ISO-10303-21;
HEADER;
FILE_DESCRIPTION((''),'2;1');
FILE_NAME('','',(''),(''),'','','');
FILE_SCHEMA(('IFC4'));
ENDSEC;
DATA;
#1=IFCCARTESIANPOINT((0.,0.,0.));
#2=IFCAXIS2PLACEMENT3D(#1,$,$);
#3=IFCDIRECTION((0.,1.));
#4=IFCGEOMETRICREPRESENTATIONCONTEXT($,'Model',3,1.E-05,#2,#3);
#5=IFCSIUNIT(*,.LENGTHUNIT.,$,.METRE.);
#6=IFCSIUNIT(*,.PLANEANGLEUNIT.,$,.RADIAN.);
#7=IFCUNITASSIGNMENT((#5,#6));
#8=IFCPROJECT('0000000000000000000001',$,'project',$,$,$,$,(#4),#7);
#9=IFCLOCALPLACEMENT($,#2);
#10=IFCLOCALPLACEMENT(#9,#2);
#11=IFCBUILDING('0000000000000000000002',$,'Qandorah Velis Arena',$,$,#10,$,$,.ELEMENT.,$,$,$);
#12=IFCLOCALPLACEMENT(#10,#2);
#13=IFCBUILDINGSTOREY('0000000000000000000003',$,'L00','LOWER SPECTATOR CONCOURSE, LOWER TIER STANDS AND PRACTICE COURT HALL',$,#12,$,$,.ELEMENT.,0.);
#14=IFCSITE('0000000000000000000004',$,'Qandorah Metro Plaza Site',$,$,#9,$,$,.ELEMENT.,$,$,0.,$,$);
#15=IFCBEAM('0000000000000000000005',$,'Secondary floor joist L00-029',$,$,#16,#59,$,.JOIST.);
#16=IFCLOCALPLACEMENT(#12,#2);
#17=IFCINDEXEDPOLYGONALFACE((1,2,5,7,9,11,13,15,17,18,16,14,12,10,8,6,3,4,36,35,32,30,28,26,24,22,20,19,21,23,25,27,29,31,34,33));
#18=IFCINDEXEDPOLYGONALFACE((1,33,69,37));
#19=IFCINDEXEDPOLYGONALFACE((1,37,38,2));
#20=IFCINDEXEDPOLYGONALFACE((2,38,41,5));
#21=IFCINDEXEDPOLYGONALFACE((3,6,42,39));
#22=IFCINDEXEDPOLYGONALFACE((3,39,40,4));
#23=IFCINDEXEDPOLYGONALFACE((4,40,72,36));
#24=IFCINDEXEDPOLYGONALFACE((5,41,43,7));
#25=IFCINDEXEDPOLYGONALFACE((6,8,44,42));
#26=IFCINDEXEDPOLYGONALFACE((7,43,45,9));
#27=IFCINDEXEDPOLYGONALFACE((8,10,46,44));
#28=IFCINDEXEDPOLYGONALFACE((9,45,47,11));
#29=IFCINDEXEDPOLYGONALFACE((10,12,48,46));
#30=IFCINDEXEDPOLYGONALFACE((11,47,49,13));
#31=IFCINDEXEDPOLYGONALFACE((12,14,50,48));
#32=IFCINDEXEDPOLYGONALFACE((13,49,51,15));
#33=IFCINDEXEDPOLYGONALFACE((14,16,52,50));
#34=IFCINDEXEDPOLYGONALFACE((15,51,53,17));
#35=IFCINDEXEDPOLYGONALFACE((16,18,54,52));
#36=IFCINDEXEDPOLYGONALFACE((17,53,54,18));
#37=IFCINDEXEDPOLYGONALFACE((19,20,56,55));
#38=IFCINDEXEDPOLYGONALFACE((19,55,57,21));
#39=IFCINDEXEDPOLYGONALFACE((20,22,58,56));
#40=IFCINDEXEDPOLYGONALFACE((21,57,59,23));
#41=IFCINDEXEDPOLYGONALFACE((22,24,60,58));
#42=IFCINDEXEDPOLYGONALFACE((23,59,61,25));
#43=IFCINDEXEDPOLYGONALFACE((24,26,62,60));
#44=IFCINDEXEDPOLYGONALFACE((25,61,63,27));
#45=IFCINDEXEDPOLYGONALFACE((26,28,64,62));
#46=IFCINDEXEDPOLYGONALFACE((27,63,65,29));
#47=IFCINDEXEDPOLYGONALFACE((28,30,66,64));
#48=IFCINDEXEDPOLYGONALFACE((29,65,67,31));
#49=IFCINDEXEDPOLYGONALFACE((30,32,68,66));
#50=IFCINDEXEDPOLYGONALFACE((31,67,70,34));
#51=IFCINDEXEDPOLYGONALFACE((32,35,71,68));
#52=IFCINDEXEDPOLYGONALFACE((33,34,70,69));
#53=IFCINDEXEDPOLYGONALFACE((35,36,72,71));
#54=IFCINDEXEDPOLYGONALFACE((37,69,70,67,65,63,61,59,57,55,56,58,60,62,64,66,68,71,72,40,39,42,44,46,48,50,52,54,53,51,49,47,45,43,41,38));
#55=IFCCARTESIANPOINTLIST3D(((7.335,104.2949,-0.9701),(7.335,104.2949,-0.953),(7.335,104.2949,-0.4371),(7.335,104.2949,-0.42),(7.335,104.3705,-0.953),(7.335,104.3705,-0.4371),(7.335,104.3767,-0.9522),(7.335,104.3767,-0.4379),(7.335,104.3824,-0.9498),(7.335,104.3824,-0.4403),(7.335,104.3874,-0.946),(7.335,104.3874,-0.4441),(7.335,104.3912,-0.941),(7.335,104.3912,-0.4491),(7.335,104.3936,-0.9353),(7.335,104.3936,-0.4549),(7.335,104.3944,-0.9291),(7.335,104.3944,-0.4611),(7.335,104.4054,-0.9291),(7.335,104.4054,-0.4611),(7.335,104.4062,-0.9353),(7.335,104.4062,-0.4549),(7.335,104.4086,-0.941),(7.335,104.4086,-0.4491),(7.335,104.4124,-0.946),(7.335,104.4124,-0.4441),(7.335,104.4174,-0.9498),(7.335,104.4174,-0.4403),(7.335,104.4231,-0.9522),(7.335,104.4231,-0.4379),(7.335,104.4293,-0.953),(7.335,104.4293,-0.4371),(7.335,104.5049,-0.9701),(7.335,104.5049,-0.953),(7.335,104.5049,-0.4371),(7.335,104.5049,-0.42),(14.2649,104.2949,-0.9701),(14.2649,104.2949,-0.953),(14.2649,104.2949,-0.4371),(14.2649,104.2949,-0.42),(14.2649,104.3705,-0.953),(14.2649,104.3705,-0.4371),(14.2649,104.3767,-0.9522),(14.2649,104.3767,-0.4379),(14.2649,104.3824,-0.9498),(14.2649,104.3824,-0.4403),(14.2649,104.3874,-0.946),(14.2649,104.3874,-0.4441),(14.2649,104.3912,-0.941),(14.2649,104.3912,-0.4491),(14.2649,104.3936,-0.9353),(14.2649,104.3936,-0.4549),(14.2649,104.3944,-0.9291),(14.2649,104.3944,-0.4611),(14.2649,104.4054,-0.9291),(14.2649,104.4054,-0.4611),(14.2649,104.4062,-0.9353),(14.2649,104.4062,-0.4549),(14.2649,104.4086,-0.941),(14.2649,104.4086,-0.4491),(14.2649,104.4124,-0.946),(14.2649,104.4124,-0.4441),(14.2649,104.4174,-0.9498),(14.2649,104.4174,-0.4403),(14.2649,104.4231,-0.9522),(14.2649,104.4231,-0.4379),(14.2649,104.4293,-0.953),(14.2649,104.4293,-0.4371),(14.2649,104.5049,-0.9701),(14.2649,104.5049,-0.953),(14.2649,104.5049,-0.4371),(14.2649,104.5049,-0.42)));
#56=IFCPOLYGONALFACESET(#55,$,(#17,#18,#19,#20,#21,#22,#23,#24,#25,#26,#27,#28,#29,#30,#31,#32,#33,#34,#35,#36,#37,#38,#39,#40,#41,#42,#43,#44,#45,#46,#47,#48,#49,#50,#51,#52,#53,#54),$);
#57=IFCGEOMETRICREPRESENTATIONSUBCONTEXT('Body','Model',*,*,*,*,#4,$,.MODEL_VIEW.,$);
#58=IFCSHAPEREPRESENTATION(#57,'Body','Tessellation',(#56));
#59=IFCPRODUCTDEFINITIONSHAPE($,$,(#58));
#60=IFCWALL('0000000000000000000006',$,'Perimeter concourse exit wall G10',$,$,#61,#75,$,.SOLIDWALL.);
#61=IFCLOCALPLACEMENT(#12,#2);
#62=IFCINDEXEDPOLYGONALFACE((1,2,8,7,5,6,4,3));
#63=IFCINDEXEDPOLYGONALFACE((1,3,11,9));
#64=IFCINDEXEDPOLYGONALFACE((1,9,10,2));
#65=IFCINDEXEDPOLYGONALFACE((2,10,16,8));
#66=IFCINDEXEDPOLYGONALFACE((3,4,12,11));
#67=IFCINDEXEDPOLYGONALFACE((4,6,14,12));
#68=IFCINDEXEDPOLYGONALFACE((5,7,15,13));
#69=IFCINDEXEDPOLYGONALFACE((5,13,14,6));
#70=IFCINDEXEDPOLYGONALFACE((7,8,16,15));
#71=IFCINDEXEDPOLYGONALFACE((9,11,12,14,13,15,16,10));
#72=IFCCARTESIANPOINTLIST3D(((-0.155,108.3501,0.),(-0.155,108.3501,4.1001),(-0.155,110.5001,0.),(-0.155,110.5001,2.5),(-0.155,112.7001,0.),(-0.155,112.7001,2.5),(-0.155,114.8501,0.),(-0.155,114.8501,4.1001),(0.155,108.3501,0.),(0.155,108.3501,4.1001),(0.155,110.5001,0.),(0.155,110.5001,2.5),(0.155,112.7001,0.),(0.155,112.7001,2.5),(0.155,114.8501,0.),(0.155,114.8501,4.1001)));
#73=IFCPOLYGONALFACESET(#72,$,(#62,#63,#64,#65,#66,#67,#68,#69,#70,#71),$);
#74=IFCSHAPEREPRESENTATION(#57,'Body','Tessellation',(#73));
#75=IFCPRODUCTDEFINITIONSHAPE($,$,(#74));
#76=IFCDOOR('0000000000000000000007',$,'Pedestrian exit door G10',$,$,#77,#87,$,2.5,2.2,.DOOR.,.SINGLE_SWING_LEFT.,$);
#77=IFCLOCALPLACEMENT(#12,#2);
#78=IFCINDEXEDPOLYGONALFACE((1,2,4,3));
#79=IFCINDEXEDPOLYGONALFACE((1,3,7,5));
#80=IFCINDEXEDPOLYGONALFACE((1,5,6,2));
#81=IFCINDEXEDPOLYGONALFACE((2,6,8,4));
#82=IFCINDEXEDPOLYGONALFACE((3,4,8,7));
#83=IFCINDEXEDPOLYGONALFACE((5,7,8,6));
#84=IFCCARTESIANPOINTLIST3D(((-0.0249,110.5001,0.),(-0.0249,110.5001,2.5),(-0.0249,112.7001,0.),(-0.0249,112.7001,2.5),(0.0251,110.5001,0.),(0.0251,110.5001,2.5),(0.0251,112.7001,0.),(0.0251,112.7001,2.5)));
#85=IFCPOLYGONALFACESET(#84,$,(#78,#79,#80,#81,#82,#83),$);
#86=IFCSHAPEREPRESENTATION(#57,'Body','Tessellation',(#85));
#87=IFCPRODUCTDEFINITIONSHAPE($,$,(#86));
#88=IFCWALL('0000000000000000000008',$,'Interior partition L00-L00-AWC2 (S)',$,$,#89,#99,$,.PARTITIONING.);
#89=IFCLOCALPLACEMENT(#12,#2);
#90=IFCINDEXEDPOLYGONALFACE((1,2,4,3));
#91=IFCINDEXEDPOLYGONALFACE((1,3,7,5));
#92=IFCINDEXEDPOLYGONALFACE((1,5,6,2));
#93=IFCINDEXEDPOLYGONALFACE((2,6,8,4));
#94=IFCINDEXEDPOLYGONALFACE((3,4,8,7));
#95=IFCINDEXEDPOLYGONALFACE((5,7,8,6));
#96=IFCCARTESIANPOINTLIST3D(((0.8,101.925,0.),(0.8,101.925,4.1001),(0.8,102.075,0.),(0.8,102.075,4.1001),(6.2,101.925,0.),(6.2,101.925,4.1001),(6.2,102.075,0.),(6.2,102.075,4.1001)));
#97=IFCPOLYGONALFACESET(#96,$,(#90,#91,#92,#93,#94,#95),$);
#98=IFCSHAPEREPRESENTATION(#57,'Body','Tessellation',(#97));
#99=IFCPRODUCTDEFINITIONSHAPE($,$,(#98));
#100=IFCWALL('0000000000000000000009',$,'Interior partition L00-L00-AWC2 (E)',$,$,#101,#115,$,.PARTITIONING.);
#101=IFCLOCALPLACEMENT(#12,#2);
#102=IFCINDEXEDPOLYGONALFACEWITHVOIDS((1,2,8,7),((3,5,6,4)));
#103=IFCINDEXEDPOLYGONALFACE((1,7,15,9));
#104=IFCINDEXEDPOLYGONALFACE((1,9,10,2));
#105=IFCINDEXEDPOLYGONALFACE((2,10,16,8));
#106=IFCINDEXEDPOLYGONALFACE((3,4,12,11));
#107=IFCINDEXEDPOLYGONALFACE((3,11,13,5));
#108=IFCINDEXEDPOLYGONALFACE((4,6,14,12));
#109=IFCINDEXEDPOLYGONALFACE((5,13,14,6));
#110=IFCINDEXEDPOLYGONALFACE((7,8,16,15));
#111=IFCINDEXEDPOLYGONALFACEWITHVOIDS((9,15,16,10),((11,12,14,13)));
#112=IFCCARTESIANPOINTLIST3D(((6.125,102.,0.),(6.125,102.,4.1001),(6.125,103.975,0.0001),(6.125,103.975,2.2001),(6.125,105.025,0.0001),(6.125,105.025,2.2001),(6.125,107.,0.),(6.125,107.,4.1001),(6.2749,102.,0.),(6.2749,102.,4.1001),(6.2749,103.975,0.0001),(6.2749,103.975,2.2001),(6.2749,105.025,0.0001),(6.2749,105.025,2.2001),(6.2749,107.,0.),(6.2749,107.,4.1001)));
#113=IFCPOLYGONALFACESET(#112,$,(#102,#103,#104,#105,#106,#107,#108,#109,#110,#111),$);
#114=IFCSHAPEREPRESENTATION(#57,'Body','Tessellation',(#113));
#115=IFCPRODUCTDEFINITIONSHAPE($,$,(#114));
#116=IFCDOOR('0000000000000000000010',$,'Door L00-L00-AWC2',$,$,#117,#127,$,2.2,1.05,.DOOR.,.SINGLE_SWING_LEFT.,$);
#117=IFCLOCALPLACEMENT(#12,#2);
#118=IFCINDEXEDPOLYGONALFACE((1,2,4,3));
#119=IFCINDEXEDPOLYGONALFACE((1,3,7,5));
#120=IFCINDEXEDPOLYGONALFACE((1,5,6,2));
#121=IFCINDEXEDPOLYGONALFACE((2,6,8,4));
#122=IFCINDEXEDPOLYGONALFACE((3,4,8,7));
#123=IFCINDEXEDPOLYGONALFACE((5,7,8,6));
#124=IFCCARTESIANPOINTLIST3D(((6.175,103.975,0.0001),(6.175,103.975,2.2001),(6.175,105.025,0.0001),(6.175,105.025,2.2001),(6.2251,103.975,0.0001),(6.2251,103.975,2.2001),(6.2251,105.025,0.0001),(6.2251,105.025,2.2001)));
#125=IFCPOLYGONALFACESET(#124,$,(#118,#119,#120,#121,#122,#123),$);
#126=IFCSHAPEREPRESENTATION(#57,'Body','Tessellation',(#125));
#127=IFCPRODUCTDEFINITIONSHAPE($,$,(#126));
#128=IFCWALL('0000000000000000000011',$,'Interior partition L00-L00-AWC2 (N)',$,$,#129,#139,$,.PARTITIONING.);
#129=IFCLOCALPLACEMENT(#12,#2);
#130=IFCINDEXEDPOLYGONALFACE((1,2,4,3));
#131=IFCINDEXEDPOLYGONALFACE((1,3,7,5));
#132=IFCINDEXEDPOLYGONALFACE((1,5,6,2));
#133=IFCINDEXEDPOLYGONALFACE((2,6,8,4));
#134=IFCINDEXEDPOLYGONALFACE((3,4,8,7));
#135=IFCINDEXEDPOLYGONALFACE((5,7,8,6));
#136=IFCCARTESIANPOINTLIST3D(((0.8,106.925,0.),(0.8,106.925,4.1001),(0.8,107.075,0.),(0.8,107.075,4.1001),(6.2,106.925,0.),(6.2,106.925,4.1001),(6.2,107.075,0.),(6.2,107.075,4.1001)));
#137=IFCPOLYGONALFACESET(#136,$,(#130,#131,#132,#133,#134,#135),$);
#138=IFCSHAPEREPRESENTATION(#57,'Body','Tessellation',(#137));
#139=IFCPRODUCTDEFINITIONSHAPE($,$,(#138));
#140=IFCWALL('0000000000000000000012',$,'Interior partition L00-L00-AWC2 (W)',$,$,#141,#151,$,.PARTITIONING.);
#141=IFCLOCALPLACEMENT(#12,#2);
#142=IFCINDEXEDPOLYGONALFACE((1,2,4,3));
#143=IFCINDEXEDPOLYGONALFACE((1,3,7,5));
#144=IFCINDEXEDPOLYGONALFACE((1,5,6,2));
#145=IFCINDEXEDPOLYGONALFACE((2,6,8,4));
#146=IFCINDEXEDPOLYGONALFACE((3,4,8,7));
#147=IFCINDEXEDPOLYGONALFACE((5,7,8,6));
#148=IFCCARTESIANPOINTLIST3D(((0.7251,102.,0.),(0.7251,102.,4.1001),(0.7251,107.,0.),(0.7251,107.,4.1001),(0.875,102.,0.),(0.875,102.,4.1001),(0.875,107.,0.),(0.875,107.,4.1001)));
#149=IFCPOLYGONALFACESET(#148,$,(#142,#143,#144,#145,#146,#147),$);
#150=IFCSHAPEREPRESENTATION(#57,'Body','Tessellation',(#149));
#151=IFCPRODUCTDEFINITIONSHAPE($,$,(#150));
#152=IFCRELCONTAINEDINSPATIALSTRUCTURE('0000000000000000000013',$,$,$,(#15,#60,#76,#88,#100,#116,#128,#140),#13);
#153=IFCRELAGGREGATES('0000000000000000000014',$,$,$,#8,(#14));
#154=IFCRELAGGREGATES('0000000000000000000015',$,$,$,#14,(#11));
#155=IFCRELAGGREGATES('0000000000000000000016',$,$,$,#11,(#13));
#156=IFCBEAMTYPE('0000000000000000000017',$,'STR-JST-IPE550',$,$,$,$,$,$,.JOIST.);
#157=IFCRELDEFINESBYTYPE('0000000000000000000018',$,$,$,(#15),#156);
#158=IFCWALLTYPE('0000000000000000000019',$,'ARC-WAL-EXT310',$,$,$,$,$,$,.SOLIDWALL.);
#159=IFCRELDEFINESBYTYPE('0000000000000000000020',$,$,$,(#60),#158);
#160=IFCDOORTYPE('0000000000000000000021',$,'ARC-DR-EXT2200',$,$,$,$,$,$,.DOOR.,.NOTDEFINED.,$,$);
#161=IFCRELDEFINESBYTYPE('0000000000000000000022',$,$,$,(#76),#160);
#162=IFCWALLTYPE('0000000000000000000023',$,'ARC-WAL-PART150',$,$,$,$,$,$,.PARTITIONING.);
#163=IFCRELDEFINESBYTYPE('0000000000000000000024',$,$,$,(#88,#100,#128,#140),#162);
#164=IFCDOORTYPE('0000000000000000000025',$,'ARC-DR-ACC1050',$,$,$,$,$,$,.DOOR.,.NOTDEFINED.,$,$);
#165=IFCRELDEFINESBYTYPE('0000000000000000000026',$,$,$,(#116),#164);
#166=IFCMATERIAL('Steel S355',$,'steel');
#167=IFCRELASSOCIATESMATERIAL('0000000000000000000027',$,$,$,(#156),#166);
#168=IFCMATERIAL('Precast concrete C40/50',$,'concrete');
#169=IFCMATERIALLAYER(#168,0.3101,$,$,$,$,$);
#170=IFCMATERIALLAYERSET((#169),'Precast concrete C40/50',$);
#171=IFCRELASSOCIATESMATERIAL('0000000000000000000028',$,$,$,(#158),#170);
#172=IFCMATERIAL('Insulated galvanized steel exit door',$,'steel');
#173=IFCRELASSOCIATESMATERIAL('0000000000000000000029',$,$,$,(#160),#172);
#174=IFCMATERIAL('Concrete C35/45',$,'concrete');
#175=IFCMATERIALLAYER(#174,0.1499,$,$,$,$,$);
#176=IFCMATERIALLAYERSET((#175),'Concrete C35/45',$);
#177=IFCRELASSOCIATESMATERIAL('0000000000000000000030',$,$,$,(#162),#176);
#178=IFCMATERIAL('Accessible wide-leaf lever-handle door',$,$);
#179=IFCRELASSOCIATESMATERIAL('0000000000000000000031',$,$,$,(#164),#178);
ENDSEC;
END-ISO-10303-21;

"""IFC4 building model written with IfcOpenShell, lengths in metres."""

from ifc_helpers import new_model, si_unit, direction, frame, frame_2d, origin, origin_2d, place, context, subcontext, project, spatial, rectangle, i_section, extrude, material, layer, layer_set, material_profile, profile_set, type_object, element, fill, save


model = new_model("IFC4")

# Units and contexts
model_context = context("Model", 3, precision=1e-05, world=origin(), true_north=direction((0.0, 1.0)))
body_context = subcontext(model_context, "Body", "Model", "MODEL_VIEW")
ifc_project = project(units=[si_unit("LENGTHUNIT", "METRE"), si_unit("PLANEANGLEUNIT", "RADIAN")], contexts=[model_context])

# Site, building, storey
site_placement = place(None, origin())
site = spatial("IfcSite", under=ifc_project, at=site_placement, Name="Qandorah Metro Plaza Site", CompositionType="ELEMENT", RefElevation=0.0)
building_placement = place(site_placement, origin())
building = spatial("IfcBuilding", under=site, at=building_placement, Name="Qandorah Velis Arena", CompositionType="ELEMENT")
storey_placement = place(building_placement, origin())
storey = spatial("IfcBuildingStorey", under=building, at=storey_placement, Name="L00", Description="LOWER SPECTATOR CONCOURSE, LOWER TIER STANDS AND PRACTICE COURT HALL", CompositionType="ELEMENT", Elevation=0.0)

# Beam
ifc_material_1 = material(Name="Steel S355", Category="steel")
ifc_material_profile_1 = material_profile(ifc_material_1, i_section(OverallWidth=0.21, OverallDepth=0.55, WebThickness=0.011, FlangeThickness=0.0171, FilletRadius=0.0239, at=origin_2d()), Name="IPE 550")
ifc_profile_set_1 = profile_set([ifc_material_profile_1], Name="Steel S355")
beam_type_1 = type_object("IfcBeamType", Name="STR-JST-IPE550", PredefinedType="JOIST", material=ifc_profile_set_1)
beam_1_placement = place(storey_placement, frame((7.335, 104.3999, -0.6951), z_axis=(1.0, 0.0, 0.0), x_axis=(0.0, 1.0, 0.0)))
element("IfcBeam", 1, at=beam_1_placement, inside=storey, type_object=beam_type_1, Name="Secondary floor joist L00-029", PredefinedType="JOIST", context=body_context, shape_type="SweptSolid", body=[
    extrude(i_section(OverallWidth=0.21, OverallDepth=0.55, WebThickness=0.011, FlangeThickness=0.0171, FilletRadius=0.0239, at=origin_2d()), origin(), (0.0, 0.0, 1.0), 6.9299),
])

# Wall, opening, door
ifc_material_2 = material(Name="Precast concrete C40/50", Category="concrete")
ifc_layer_1 = layer(ifc_material_2, 0.3101)
ifc_layer_set_1 = layer_set([ifc_layer_1], Name="Precast concrete C40/50")
wall_type_1 = type_object("IfcWallType", Name="ARC-WAL-EXT310", PredefinedType="SOLIDWALL", material=ifc_layer_set_1)
wall_1_placement = place(storey_placement, frame((0.0, 108.3501, 0.0), z_axis=(0.0, 0.0, 1.0), x_axis=(0.0, 1.0, 0.0)))
wall_1 = element("IfcWall", 2, at=wall_1_placement, inside=storey, type_object=wall_type_1, Name="Perimeter concourse exit wall G10", PredefinedType="SOLIDWALL", context=body_context, shape_type="SweptSolid", body=[
    extrude(rectangle(XDim=6.5, YDim=0.3101, at=frame_2d((3.25, 0.0))), origin(), (0.0, 0.0, 1.0), 4.1001),
])
opening_1_placement = place(wall_1_placement, frame((2.1499, 0.0, 0.0)))
opening_1 = element("IfcOpeningElement", 3, at=opening_1_placement, cuts=wall_1, PredefinedType="OPENING", context=body_context, shape_type="SweptSolid", body=[
    extrude(rectangle(XDim=2.2, YDim=2.5, at=frame_2d((1.1001, 1.25))), frame((0.0, 0.165, 0.0), z_axis=(0.0, -1.0, 0.0), x_axis=(1.0, 0.0, 0.0)), (0.0, 0.0, 1.0), 0.3301),
])
ifc_material_3 = material(Name="Insulated galvanized steel exit door", Category="steel")
door_type_1 = type_object("IfcDoorType", Name="ARC-DR-EXT2200", OperationType="NOTDEFINED", PredefinedType="DOOR", material=ifc_material_3)
door_1_placement = place(opening_1_placement, origin())
door_1 = element("IfcDoor", 4, at=door_1_placement, inside=storey, type_object=door_type_1, Name="Pedestrian exit door G10", OperationType="SINGLE_SWING_LEFT", OverallHeight=2.5, OverallWidth=2.2, PredefinedType="DOOR", context=body_context, shape_type="SweptSolid", body=[
    extrude(rectangle(XDim=2.2, YDim=2.5, at=frame_2d((1.1001, 1.25))), frame((0.0, 0.0249, 0.0), z_axis=(0.0, -1.0, 0.0), x_axis=(1.0, 0.0, 0.0)), (0.0, 0.0, 1.0), 0.05),
])
fill(opening_1, door_1)

# Wall
ifc_material_4 = material(Name="Concrete C35/45", Category="concrete")
ifc_layer_2 = layer(ifc_material_4, 0.1499)
ifc_layer_set_2 = layer_set([ifc_layer_2], Name="Concrete C35/45")
wall_type_2 = type_object("IfcWallType", Name="ARC-WAL-PART150", PredefinedType="PARTITIONING", material=ifc_layer_set_2)
wall_2_placement = place(storey_placement, frame((0.8, 102.0, 0.0), z_axis=(0.0, 0.0, 1.0), x_axis=(1.0, 0.0, 0.0)))
element("IfcWall", 5, at=wall_2_placement, inside=storey, type_object=wall_type_2, Name="Interior partition L00-L00-AWC2 (S)", PredefinedType="PARTITIONING", context=body_context, shape_type="SweptSolid", body=[
    extrude(rectangle(XDim=5.3999, YDim=0.1499, at=frame_2d((2.7, 0.0))), origin(), (0.0, 0.0, 1.0), 4.1001),
])

# Wall, opening, door
wall_3_placement = place(storey_placement, frame((6.2, 102.0, 0.0), z_axis=(0.0, 0.0, 1.0), x_axis=(0.0, 1.0, 0.0)))
wall_3 = element("IfcWall", 6, at=wall_3_placement, inside=storey, type_object=wall_type_2, Name="Interior partition L00-L00-AWC2 (E)", PredefinedType="PARTITIONING", context=body_context, shape_type="SweptSolid", body=[
    extrude(rectangle(XDim=5.0, YDim=0.1499, at=frame_2d((2.5, 0.0))), origin(), (0.0, 0.0, 1.0), 4.1001),
])
opening_2_placement = place(wall_3_placement, frame((1.9751, 0.0, 0.0)))
opening_2 = element("IfcOpeningElement", 7, at=opening_2_placement, cuts=wall_3, PredefinedType="OPENING", context=body_context, shape_type="SweptSolid", body=[
    extrude(rectangle(XDim=1.05, YDim=2.2, at=frame_2d((0.5249, 1.1001))), frame((0.0, 0.085, 0.0), z_axis=(0.0, -1.0, 0.0), x_axis=(1.0, 0.0, 0.0)), (0.0, 0.0, 1.0), 0.1699),
])
ifc_material_5 = material(Name="Accessible wide-leaf lever-handle door")
door_type_2 = type_object("IfcDoorType", Name="ARC-DR-ACC1050", OperationType="NOTDEFINED", PredefinedType="DOOR", material=ifc_material_5)
door_2_placement = place(opening_2_placement, origin())
door_2 = element("IfcDoor", 8, at=door_2_placement, inside=storey, type_object=door_type_2, Name="Door L00-L00-AWC2", OperationType="SINGLE_SWING_LEFT", OverallHeight=2.2, OverallWidth=1.05, PredefinedType="DOOR", context=body_context, shape_type="SweptSolid", body=[
    extrude(rectangle(XDim=1.05, YDim=2.2, at=frame_2d((0.5249, 1.1001))), frame((0.0, 0.0249, 0.0), z_axis=(0.0, -1.0, 0.0), x_axis=(1.0, 0.0, 0.0)), (0.0, 0.0, 1.0), 0.05),
])
fill(opening_2, door_2)

# Walls
wall_4_placement = place(storey_placement, frame((6.2, 107.0, 0.0), z_axis=(0.0, 0.0, 1.0), x_axis=(-1.0, 0.0, 0.0)))
element("IfcWall", 9, at=wall_4_placement, inside=storey, type_object=wall_type_2, Name="Interior partition L00-L00-AWC2 (N)", PredefinedType="PARTITIONING", context=body_context, shape_type="SweptSolid", body=[
    extrude(rectangle(XDim=5.3999, YDim=0.1499, at=frame_2d((2.7, 0.0))), origin(), (0.0, 0.0, 1.0), 4.1001),
])
wall_5_placement = place(storey_placement, frame((0.8, 107.0, 0.0), z_axis=(0.0, 0.0, 1.0), x_axis=(0.0, -1.0, 0.0)))
element("IfcWall", 10, at=wall_5_placement, inside=storey, type_object=wall_type_2, Name="Interior partition L00-L00-AWC2 (W)", PredefinedType="PARTITIONING", context=body_context, shape_type="SweptSolid", body=[
    extrude(rectangle(XDim=5.0, YDim=0.1499, at=frame_2d((2.5, 0.0))), origin(), (0.0, 0.0, 1.0), 4.1001),
])

save(model, "model.ifc")
